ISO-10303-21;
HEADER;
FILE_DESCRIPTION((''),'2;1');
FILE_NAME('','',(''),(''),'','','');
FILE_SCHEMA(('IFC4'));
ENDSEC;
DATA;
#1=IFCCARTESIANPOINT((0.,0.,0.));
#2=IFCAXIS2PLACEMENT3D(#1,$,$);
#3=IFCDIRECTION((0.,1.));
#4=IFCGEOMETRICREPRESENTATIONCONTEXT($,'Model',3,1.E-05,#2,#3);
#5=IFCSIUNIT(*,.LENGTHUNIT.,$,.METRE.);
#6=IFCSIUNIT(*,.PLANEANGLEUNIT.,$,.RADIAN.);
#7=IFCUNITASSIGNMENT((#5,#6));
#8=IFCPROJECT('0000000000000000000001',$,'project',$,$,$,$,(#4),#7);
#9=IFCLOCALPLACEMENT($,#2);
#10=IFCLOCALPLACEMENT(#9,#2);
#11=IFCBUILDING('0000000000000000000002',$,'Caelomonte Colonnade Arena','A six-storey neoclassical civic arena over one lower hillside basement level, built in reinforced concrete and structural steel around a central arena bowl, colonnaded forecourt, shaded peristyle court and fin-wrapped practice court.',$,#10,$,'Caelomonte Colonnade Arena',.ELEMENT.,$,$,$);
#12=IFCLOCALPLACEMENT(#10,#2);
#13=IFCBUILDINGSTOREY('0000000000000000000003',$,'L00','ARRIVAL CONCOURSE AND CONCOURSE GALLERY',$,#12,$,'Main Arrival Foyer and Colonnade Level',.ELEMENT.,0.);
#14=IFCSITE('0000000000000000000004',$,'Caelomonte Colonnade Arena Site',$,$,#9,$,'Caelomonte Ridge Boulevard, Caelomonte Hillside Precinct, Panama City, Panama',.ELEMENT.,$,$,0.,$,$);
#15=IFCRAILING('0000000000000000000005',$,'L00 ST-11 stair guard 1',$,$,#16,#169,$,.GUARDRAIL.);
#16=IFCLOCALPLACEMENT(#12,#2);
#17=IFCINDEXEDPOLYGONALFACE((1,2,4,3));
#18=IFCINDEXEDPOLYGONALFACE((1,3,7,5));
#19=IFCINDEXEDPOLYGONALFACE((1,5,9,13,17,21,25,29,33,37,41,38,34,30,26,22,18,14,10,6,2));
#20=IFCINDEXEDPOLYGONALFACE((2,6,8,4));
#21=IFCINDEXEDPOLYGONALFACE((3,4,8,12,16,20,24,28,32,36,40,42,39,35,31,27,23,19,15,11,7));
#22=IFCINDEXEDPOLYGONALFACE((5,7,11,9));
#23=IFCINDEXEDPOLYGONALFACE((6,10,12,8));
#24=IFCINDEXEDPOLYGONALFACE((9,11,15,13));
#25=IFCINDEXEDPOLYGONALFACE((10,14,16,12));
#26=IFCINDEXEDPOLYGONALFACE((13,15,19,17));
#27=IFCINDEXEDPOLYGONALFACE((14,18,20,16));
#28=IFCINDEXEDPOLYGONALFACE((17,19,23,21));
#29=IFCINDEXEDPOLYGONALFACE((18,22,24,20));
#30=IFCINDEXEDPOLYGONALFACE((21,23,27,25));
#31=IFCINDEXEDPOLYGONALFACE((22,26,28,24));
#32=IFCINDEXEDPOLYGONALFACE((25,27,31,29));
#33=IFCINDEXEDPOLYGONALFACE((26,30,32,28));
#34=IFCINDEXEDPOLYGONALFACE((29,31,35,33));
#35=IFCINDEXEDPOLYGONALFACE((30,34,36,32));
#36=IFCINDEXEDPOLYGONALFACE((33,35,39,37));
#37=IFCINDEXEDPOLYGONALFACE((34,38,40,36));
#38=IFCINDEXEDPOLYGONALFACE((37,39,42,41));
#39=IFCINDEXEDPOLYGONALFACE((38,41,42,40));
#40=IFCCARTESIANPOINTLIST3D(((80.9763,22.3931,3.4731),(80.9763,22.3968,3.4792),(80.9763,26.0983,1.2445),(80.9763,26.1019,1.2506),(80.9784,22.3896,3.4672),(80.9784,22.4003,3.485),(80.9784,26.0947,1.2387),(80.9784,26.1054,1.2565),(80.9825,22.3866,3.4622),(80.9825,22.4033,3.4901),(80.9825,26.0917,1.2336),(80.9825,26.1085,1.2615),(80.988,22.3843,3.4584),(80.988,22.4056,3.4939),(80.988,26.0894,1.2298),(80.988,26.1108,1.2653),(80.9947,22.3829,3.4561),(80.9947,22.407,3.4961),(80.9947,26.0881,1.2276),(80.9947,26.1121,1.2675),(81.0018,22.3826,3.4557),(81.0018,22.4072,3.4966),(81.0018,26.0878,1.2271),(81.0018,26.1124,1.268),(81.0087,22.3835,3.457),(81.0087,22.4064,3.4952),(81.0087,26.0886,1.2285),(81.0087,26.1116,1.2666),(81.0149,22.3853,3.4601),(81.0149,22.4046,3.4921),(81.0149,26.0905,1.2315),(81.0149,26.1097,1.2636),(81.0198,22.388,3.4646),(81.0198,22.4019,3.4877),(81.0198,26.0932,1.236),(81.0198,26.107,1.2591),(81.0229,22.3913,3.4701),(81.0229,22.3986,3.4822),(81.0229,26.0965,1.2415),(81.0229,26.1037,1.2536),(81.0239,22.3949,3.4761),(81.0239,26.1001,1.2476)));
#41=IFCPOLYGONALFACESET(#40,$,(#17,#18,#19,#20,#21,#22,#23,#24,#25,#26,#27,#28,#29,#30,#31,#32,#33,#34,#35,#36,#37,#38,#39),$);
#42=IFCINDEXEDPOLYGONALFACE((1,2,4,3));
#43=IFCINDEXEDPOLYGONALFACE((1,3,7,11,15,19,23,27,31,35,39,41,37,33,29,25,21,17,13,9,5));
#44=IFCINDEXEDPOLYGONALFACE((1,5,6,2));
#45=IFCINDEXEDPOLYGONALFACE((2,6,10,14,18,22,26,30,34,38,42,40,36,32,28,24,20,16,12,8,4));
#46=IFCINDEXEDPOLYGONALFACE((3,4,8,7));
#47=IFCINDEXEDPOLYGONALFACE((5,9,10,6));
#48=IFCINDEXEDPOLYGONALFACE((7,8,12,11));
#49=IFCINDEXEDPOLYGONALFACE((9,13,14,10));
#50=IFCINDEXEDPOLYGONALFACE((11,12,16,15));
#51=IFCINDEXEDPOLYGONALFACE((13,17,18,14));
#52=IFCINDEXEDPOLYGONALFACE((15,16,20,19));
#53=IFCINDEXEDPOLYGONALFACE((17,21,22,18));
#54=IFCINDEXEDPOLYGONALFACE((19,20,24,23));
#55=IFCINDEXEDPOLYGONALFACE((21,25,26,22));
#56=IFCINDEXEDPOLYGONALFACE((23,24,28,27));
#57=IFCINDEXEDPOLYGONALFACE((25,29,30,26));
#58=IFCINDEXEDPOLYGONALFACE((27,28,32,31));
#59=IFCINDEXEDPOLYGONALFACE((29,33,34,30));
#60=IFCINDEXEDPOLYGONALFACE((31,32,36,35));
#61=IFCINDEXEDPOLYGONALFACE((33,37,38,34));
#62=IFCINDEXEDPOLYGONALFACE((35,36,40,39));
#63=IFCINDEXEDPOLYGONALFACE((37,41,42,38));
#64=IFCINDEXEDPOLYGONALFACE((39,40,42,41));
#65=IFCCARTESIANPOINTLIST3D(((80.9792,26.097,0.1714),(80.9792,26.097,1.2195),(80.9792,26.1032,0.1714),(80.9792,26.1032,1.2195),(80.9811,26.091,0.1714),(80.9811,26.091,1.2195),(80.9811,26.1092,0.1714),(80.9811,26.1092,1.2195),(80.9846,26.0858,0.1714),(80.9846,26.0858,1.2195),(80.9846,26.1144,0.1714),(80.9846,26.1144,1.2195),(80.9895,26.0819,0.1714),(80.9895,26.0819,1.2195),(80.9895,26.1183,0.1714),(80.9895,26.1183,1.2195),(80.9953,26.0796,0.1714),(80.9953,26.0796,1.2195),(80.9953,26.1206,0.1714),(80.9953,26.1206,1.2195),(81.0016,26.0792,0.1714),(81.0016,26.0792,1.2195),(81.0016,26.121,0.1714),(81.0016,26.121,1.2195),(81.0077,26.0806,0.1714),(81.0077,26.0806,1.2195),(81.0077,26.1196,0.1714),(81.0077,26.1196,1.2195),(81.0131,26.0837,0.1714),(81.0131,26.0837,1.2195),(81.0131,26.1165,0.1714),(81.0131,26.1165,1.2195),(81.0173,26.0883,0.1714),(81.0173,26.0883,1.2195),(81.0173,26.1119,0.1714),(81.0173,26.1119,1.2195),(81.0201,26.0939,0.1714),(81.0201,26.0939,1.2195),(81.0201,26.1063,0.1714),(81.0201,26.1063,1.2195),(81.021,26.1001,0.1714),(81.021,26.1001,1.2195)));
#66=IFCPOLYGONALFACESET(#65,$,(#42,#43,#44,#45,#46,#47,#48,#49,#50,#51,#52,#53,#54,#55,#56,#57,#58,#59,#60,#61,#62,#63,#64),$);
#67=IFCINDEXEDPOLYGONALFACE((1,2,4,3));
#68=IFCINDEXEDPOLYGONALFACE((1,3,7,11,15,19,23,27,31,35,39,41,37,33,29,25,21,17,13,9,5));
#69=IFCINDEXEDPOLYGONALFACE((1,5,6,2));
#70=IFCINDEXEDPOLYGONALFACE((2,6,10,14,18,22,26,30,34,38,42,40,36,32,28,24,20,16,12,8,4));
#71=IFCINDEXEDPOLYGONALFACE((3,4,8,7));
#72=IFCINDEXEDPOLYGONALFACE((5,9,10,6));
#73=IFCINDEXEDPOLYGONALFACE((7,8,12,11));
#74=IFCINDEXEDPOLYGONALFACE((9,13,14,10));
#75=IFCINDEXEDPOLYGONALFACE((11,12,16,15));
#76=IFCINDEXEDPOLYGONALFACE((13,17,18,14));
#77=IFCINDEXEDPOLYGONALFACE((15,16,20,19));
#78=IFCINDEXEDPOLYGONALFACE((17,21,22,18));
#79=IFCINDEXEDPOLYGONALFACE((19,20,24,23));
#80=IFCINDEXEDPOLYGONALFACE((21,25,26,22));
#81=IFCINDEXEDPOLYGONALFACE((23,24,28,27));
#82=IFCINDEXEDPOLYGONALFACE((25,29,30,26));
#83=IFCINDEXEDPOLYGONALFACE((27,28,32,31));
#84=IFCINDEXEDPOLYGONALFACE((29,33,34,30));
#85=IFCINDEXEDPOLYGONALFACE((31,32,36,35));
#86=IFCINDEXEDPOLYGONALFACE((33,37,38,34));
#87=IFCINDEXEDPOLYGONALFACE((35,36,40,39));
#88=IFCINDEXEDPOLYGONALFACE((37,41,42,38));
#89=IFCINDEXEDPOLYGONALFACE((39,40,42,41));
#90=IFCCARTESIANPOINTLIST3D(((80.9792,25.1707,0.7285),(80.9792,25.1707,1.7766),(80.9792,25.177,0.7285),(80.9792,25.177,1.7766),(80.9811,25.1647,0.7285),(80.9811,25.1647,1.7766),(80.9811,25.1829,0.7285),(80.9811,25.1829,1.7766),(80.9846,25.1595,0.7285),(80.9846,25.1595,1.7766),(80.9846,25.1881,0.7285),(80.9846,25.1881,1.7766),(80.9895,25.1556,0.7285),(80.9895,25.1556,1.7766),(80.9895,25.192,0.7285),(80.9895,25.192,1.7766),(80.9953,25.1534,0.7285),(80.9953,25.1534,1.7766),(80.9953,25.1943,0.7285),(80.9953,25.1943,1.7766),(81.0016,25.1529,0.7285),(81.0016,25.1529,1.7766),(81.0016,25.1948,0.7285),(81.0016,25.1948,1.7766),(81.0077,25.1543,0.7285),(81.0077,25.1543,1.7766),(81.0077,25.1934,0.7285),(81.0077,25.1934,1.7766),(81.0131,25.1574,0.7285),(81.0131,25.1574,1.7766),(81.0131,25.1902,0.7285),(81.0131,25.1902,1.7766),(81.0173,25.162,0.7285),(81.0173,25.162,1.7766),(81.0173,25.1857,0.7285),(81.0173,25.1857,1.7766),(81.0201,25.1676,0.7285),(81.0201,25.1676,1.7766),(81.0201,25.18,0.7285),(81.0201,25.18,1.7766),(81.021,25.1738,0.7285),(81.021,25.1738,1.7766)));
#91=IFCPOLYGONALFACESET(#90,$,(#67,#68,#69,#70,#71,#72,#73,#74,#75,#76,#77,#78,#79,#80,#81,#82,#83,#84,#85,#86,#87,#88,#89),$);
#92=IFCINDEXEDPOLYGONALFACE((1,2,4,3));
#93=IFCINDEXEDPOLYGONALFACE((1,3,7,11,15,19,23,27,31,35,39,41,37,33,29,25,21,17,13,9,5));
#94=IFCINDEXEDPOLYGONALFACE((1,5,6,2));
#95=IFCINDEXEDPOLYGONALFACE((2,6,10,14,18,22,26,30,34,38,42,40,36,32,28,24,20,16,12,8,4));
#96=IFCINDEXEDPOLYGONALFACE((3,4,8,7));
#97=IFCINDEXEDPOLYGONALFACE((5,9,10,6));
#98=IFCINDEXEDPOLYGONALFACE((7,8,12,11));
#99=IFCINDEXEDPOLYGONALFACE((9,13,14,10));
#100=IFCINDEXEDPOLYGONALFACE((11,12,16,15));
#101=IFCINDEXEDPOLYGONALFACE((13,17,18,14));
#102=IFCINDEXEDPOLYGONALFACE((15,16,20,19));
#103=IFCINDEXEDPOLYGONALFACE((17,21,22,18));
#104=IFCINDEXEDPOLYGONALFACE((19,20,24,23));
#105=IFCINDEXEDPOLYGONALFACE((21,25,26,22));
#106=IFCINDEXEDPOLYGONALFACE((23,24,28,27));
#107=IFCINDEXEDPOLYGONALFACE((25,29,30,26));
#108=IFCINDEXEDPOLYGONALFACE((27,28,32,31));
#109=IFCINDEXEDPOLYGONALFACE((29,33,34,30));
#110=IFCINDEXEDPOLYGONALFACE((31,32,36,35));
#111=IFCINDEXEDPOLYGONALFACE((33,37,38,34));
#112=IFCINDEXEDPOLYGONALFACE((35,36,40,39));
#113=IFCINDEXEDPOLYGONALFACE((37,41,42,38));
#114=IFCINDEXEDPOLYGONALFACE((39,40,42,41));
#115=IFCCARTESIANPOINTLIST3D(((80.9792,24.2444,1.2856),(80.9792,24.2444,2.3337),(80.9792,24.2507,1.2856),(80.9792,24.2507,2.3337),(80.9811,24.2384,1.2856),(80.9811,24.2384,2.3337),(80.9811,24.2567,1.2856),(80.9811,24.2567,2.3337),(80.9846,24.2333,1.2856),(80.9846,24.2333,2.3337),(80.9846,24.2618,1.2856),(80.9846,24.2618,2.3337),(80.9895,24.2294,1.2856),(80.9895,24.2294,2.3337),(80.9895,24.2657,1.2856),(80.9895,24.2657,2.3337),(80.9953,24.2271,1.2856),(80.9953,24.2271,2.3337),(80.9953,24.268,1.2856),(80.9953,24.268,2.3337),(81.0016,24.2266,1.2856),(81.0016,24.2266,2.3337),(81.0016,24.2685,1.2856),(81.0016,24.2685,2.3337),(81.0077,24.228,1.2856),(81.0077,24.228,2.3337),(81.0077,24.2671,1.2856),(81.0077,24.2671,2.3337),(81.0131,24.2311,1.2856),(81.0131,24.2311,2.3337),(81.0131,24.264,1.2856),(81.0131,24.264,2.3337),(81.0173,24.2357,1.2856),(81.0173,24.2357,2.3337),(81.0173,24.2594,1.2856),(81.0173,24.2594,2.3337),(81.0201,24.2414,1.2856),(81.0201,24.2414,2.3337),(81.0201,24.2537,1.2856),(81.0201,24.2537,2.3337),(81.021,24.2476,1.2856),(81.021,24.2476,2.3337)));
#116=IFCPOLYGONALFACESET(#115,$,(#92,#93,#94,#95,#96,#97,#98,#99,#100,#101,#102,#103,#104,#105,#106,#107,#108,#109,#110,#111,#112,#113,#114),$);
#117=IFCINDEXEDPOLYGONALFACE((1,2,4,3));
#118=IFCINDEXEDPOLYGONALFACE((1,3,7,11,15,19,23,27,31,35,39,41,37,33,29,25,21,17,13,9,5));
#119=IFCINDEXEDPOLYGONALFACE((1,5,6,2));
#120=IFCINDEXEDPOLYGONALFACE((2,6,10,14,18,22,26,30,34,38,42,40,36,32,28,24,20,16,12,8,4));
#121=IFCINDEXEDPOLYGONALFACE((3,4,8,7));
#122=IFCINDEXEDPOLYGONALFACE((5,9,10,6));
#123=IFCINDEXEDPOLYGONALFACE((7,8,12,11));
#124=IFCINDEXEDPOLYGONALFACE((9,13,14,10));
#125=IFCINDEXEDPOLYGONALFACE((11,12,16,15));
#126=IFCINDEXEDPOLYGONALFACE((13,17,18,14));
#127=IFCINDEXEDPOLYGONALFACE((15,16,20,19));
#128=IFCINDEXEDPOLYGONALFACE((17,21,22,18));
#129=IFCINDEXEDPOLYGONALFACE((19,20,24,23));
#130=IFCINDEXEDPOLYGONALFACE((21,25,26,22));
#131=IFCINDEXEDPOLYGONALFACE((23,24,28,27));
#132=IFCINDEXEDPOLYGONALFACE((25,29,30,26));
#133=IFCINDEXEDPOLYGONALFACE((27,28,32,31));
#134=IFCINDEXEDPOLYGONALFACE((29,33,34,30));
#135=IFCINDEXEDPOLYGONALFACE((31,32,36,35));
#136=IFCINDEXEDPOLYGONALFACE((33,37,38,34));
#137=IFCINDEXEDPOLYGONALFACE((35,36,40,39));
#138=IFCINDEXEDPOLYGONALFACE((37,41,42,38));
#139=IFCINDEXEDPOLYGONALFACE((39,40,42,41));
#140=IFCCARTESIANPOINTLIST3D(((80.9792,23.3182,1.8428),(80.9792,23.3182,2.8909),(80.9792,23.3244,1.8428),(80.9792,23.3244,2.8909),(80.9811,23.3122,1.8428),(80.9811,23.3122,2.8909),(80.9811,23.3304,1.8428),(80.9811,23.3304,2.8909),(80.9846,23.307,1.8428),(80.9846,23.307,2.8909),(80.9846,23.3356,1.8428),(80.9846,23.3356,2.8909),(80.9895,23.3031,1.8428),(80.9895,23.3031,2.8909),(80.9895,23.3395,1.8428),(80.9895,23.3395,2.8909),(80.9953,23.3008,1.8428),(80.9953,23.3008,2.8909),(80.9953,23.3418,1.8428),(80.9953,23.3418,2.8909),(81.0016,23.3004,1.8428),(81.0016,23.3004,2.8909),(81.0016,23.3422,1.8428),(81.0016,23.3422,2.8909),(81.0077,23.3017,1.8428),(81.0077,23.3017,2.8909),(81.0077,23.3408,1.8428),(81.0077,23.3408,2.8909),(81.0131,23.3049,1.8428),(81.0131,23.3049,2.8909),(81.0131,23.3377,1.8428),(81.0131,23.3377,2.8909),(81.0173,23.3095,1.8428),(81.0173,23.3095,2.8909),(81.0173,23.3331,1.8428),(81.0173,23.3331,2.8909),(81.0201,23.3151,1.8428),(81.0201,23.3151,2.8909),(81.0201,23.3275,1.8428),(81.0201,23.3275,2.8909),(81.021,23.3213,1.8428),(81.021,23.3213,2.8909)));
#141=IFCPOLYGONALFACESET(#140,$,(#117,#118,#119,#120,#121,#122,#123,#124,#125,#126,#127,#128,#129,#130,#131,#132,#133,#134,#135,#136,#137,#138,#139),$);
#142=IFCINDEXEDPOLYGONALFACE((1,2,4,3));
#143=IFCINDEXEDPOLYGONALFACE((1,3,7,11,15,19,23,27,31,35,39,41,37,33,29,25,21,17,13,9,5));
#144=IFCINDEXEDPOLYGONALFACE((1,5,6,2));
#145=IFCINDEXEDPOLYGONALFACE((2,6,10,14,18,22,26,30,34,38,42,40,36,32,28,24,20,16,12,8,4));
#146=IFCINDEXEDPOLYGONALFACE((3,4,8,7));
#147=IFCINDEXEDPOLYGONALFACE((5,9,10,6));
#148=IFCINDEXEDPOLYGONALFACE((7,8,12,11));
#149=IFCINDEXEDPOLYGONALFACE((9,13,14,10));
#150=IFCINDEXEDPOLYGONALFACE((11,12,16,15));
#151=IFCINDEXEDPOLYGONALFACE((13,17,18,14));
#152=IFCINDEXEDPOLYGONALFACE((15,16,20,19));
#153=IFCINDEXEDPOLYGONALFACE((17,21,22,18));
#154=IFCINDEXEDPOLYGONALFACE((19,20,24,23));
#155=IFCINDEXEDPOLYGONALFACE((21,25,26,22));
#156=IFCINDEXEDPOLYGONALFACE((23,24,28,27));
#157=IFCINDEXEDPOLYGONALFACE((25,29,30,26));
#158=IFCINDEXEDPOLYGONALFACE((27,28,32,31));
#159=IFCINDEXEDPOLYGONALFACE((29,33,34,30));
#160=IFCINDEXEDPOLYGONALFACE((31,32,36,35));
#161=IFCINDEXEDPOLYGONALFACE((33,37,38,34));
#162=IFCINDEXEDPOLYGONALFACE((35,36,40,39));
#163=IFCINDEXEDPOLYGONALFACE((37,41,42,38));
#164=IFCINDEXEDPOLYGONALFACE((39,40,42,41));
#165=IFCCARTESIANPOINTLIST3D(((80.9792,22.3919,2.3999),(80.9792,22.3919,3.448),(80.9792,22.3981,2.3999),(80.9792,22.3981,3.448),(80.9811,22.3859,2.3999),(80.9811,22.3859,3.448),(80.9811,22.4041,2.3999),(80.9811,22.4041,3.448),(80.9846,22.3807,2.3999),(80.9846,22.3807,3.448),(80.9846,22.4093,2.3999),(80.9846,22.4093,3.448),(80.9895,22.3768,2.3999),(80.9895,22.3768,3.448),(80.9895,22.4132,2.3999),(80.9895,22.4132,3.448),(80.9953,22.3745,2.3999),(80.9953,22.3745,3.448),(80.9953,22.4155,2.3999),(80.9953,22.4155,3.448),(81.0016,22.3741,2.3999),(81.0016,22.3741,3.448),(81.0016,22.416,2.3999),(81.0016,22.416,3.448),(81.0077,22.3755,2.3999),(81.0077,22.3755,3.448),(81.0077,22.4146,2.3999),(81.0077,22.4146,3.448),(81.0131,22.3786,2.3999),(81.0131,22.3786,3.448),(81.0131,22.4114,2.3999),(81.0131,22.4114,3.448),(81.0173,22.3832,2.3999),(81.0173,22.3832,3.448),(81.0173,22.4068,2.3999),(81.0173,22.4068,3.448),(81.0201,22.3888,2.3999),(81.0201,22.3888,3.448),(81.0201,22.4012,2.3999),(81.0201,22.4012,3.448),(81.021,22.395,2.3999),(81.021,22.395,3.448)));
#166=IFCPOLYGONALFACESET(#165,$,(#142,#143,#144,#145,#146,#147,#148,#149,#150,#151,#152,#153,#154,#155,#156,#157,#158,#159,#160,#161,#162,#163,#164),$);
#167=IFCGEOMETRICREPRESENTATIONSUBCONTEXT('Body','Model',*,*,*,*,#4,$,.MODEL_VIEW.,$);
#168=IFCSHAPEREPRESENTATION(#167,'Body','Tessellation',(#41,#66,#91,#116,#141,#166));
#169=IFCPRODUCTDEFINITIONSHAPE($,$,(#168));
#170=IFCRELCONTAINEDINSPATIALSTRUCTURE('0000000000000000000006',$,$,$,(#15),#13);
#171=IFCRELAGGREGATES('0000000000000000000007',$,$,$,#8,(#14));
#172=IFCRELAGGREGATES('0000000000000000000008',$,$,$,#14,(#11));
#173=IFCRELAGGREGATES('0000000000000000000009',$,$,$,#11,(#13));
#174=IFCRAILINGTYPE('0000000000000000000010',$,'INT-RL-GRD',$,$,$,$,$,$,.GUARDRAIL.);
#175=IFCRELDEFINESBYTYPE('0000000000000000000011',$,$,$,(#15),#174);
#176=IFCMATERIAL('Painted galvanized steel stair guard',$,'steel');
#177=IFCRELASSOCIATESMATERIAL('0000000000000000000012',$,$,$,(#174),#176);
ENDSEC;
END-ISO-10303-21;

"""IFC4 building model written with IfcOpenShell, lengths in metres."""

from ifc_helpers import new_model, si_unit, direction, frame, origin, origin_2d, place, context, subcontext, project, spatial, circle, extrude, material, type_object, element, save


model = new_model("IFC4")

# Units and contexts
model_context = context("Model", 3, precision=1e-05, world=origin(), true_north=direction((0.0, 1.0)))
body_context = subcontext(model_context, "Body", "Model", "MODEL_VIEW")
ifc_project = project(units=[si_unit("LENGTHUNIT", "METRE"), si_unit("PLANEANGLEUNIT", "RADIAN")], contexts=[model_context])

# Site, building, storey
site_placement = place(None, origin())
site = spatial("IfcSite", under=ifc_project, at=site_placement, Name="Caelomonte Colonnade Arena Site", LongName="Caelomonte Ridge Boulevard, Caelomonte Hillside Precinct, Panama City, Panama", CompositionType="ELEMENT", RefElevation=0.0)
building_placement = place(site_placement, origin())
building = spatial("IfcBuilding", under=site, at=building_placement, Name="Caelomonte Colonnade Arena", Description="A six-storey neoclassical civic arena over one lower hillside basement level, built in reinforced concrete and structural steel around a central arena bowl, colonnaded forecourt, shaded peristyle court and fin-wrapped practice court.", LongName="Caelomonte Colonnade Arena", CompositionType="ELEMENT")
storey_placement = place(building_placement, origin())
storey = spatial("IfcBuildingStorey", under=building, at=storey_placement, Name="L00", Description="ARRIVAL CONCOURSE AND CONCOURSE GALLERY", LongName="Main Arrival Foyer and Colonnade Level", CompositionType="ELEMENT", Elevation=0.0)

# Railing
ifc_material_1 = material(Name="Painted galvanized steel stair guard", Category="steel")
railing_type_1 = type_object("IfcRailingType", Name="INT-RL-GRD", PredefinedType="GUARDRAIL", material=ifc_material_1)
railing_1_placement = place(storey_placement, frame((81.0, 26.1001, 0.1714)))
element("IfcRailing", 1, at=railing_1_placement, inside=storey, type_object=railing_type_1, Name="L00 ST-11 stair guard 1", PredefinedType="GUARDRAIL", context=body_context, shape_type="SweptSolid", body=[
    extrude(circle(Radius=0.0239, at=origin_2d()), frame((0.0, 0.0, 1.0762), z_axis=(0.0, -0.856934, 0.515425), x_axis=(1.0, 0.0, 0.0)), (0.0, 0.0, 1.0), 4.3237),
    extrude(circle(Radius=0.021, at=origin_2d()), origin(), (0.0, 0.0, 1.0), 1.0481),
    extrude(circle(Radius=0.021, at=origin_2d()), frame((0.0, -0.9263, 0.5571)), (0.0, 0.0, 1.0), 1.0481),
    extrude(circle(Radius=0.021, at=origin_2d()), frame((0.0, -1.8525, 1.1143)), (0.0, 0.0, 1.0), 1.0481),
    extrude(circle(Radius=0.021, at=origin_2d()), frame((0.0, -2.7788, 1.6714)), (0.0, 0.0, 1.0), 1.0481),
    extrude(circle(Radius=0.021, at=origin_2d()), frame((0.0, -3.7051, 2.2285)), (0.0, 0.0, 1.0), 1.0481),
])

save(model, "model.ifc")
